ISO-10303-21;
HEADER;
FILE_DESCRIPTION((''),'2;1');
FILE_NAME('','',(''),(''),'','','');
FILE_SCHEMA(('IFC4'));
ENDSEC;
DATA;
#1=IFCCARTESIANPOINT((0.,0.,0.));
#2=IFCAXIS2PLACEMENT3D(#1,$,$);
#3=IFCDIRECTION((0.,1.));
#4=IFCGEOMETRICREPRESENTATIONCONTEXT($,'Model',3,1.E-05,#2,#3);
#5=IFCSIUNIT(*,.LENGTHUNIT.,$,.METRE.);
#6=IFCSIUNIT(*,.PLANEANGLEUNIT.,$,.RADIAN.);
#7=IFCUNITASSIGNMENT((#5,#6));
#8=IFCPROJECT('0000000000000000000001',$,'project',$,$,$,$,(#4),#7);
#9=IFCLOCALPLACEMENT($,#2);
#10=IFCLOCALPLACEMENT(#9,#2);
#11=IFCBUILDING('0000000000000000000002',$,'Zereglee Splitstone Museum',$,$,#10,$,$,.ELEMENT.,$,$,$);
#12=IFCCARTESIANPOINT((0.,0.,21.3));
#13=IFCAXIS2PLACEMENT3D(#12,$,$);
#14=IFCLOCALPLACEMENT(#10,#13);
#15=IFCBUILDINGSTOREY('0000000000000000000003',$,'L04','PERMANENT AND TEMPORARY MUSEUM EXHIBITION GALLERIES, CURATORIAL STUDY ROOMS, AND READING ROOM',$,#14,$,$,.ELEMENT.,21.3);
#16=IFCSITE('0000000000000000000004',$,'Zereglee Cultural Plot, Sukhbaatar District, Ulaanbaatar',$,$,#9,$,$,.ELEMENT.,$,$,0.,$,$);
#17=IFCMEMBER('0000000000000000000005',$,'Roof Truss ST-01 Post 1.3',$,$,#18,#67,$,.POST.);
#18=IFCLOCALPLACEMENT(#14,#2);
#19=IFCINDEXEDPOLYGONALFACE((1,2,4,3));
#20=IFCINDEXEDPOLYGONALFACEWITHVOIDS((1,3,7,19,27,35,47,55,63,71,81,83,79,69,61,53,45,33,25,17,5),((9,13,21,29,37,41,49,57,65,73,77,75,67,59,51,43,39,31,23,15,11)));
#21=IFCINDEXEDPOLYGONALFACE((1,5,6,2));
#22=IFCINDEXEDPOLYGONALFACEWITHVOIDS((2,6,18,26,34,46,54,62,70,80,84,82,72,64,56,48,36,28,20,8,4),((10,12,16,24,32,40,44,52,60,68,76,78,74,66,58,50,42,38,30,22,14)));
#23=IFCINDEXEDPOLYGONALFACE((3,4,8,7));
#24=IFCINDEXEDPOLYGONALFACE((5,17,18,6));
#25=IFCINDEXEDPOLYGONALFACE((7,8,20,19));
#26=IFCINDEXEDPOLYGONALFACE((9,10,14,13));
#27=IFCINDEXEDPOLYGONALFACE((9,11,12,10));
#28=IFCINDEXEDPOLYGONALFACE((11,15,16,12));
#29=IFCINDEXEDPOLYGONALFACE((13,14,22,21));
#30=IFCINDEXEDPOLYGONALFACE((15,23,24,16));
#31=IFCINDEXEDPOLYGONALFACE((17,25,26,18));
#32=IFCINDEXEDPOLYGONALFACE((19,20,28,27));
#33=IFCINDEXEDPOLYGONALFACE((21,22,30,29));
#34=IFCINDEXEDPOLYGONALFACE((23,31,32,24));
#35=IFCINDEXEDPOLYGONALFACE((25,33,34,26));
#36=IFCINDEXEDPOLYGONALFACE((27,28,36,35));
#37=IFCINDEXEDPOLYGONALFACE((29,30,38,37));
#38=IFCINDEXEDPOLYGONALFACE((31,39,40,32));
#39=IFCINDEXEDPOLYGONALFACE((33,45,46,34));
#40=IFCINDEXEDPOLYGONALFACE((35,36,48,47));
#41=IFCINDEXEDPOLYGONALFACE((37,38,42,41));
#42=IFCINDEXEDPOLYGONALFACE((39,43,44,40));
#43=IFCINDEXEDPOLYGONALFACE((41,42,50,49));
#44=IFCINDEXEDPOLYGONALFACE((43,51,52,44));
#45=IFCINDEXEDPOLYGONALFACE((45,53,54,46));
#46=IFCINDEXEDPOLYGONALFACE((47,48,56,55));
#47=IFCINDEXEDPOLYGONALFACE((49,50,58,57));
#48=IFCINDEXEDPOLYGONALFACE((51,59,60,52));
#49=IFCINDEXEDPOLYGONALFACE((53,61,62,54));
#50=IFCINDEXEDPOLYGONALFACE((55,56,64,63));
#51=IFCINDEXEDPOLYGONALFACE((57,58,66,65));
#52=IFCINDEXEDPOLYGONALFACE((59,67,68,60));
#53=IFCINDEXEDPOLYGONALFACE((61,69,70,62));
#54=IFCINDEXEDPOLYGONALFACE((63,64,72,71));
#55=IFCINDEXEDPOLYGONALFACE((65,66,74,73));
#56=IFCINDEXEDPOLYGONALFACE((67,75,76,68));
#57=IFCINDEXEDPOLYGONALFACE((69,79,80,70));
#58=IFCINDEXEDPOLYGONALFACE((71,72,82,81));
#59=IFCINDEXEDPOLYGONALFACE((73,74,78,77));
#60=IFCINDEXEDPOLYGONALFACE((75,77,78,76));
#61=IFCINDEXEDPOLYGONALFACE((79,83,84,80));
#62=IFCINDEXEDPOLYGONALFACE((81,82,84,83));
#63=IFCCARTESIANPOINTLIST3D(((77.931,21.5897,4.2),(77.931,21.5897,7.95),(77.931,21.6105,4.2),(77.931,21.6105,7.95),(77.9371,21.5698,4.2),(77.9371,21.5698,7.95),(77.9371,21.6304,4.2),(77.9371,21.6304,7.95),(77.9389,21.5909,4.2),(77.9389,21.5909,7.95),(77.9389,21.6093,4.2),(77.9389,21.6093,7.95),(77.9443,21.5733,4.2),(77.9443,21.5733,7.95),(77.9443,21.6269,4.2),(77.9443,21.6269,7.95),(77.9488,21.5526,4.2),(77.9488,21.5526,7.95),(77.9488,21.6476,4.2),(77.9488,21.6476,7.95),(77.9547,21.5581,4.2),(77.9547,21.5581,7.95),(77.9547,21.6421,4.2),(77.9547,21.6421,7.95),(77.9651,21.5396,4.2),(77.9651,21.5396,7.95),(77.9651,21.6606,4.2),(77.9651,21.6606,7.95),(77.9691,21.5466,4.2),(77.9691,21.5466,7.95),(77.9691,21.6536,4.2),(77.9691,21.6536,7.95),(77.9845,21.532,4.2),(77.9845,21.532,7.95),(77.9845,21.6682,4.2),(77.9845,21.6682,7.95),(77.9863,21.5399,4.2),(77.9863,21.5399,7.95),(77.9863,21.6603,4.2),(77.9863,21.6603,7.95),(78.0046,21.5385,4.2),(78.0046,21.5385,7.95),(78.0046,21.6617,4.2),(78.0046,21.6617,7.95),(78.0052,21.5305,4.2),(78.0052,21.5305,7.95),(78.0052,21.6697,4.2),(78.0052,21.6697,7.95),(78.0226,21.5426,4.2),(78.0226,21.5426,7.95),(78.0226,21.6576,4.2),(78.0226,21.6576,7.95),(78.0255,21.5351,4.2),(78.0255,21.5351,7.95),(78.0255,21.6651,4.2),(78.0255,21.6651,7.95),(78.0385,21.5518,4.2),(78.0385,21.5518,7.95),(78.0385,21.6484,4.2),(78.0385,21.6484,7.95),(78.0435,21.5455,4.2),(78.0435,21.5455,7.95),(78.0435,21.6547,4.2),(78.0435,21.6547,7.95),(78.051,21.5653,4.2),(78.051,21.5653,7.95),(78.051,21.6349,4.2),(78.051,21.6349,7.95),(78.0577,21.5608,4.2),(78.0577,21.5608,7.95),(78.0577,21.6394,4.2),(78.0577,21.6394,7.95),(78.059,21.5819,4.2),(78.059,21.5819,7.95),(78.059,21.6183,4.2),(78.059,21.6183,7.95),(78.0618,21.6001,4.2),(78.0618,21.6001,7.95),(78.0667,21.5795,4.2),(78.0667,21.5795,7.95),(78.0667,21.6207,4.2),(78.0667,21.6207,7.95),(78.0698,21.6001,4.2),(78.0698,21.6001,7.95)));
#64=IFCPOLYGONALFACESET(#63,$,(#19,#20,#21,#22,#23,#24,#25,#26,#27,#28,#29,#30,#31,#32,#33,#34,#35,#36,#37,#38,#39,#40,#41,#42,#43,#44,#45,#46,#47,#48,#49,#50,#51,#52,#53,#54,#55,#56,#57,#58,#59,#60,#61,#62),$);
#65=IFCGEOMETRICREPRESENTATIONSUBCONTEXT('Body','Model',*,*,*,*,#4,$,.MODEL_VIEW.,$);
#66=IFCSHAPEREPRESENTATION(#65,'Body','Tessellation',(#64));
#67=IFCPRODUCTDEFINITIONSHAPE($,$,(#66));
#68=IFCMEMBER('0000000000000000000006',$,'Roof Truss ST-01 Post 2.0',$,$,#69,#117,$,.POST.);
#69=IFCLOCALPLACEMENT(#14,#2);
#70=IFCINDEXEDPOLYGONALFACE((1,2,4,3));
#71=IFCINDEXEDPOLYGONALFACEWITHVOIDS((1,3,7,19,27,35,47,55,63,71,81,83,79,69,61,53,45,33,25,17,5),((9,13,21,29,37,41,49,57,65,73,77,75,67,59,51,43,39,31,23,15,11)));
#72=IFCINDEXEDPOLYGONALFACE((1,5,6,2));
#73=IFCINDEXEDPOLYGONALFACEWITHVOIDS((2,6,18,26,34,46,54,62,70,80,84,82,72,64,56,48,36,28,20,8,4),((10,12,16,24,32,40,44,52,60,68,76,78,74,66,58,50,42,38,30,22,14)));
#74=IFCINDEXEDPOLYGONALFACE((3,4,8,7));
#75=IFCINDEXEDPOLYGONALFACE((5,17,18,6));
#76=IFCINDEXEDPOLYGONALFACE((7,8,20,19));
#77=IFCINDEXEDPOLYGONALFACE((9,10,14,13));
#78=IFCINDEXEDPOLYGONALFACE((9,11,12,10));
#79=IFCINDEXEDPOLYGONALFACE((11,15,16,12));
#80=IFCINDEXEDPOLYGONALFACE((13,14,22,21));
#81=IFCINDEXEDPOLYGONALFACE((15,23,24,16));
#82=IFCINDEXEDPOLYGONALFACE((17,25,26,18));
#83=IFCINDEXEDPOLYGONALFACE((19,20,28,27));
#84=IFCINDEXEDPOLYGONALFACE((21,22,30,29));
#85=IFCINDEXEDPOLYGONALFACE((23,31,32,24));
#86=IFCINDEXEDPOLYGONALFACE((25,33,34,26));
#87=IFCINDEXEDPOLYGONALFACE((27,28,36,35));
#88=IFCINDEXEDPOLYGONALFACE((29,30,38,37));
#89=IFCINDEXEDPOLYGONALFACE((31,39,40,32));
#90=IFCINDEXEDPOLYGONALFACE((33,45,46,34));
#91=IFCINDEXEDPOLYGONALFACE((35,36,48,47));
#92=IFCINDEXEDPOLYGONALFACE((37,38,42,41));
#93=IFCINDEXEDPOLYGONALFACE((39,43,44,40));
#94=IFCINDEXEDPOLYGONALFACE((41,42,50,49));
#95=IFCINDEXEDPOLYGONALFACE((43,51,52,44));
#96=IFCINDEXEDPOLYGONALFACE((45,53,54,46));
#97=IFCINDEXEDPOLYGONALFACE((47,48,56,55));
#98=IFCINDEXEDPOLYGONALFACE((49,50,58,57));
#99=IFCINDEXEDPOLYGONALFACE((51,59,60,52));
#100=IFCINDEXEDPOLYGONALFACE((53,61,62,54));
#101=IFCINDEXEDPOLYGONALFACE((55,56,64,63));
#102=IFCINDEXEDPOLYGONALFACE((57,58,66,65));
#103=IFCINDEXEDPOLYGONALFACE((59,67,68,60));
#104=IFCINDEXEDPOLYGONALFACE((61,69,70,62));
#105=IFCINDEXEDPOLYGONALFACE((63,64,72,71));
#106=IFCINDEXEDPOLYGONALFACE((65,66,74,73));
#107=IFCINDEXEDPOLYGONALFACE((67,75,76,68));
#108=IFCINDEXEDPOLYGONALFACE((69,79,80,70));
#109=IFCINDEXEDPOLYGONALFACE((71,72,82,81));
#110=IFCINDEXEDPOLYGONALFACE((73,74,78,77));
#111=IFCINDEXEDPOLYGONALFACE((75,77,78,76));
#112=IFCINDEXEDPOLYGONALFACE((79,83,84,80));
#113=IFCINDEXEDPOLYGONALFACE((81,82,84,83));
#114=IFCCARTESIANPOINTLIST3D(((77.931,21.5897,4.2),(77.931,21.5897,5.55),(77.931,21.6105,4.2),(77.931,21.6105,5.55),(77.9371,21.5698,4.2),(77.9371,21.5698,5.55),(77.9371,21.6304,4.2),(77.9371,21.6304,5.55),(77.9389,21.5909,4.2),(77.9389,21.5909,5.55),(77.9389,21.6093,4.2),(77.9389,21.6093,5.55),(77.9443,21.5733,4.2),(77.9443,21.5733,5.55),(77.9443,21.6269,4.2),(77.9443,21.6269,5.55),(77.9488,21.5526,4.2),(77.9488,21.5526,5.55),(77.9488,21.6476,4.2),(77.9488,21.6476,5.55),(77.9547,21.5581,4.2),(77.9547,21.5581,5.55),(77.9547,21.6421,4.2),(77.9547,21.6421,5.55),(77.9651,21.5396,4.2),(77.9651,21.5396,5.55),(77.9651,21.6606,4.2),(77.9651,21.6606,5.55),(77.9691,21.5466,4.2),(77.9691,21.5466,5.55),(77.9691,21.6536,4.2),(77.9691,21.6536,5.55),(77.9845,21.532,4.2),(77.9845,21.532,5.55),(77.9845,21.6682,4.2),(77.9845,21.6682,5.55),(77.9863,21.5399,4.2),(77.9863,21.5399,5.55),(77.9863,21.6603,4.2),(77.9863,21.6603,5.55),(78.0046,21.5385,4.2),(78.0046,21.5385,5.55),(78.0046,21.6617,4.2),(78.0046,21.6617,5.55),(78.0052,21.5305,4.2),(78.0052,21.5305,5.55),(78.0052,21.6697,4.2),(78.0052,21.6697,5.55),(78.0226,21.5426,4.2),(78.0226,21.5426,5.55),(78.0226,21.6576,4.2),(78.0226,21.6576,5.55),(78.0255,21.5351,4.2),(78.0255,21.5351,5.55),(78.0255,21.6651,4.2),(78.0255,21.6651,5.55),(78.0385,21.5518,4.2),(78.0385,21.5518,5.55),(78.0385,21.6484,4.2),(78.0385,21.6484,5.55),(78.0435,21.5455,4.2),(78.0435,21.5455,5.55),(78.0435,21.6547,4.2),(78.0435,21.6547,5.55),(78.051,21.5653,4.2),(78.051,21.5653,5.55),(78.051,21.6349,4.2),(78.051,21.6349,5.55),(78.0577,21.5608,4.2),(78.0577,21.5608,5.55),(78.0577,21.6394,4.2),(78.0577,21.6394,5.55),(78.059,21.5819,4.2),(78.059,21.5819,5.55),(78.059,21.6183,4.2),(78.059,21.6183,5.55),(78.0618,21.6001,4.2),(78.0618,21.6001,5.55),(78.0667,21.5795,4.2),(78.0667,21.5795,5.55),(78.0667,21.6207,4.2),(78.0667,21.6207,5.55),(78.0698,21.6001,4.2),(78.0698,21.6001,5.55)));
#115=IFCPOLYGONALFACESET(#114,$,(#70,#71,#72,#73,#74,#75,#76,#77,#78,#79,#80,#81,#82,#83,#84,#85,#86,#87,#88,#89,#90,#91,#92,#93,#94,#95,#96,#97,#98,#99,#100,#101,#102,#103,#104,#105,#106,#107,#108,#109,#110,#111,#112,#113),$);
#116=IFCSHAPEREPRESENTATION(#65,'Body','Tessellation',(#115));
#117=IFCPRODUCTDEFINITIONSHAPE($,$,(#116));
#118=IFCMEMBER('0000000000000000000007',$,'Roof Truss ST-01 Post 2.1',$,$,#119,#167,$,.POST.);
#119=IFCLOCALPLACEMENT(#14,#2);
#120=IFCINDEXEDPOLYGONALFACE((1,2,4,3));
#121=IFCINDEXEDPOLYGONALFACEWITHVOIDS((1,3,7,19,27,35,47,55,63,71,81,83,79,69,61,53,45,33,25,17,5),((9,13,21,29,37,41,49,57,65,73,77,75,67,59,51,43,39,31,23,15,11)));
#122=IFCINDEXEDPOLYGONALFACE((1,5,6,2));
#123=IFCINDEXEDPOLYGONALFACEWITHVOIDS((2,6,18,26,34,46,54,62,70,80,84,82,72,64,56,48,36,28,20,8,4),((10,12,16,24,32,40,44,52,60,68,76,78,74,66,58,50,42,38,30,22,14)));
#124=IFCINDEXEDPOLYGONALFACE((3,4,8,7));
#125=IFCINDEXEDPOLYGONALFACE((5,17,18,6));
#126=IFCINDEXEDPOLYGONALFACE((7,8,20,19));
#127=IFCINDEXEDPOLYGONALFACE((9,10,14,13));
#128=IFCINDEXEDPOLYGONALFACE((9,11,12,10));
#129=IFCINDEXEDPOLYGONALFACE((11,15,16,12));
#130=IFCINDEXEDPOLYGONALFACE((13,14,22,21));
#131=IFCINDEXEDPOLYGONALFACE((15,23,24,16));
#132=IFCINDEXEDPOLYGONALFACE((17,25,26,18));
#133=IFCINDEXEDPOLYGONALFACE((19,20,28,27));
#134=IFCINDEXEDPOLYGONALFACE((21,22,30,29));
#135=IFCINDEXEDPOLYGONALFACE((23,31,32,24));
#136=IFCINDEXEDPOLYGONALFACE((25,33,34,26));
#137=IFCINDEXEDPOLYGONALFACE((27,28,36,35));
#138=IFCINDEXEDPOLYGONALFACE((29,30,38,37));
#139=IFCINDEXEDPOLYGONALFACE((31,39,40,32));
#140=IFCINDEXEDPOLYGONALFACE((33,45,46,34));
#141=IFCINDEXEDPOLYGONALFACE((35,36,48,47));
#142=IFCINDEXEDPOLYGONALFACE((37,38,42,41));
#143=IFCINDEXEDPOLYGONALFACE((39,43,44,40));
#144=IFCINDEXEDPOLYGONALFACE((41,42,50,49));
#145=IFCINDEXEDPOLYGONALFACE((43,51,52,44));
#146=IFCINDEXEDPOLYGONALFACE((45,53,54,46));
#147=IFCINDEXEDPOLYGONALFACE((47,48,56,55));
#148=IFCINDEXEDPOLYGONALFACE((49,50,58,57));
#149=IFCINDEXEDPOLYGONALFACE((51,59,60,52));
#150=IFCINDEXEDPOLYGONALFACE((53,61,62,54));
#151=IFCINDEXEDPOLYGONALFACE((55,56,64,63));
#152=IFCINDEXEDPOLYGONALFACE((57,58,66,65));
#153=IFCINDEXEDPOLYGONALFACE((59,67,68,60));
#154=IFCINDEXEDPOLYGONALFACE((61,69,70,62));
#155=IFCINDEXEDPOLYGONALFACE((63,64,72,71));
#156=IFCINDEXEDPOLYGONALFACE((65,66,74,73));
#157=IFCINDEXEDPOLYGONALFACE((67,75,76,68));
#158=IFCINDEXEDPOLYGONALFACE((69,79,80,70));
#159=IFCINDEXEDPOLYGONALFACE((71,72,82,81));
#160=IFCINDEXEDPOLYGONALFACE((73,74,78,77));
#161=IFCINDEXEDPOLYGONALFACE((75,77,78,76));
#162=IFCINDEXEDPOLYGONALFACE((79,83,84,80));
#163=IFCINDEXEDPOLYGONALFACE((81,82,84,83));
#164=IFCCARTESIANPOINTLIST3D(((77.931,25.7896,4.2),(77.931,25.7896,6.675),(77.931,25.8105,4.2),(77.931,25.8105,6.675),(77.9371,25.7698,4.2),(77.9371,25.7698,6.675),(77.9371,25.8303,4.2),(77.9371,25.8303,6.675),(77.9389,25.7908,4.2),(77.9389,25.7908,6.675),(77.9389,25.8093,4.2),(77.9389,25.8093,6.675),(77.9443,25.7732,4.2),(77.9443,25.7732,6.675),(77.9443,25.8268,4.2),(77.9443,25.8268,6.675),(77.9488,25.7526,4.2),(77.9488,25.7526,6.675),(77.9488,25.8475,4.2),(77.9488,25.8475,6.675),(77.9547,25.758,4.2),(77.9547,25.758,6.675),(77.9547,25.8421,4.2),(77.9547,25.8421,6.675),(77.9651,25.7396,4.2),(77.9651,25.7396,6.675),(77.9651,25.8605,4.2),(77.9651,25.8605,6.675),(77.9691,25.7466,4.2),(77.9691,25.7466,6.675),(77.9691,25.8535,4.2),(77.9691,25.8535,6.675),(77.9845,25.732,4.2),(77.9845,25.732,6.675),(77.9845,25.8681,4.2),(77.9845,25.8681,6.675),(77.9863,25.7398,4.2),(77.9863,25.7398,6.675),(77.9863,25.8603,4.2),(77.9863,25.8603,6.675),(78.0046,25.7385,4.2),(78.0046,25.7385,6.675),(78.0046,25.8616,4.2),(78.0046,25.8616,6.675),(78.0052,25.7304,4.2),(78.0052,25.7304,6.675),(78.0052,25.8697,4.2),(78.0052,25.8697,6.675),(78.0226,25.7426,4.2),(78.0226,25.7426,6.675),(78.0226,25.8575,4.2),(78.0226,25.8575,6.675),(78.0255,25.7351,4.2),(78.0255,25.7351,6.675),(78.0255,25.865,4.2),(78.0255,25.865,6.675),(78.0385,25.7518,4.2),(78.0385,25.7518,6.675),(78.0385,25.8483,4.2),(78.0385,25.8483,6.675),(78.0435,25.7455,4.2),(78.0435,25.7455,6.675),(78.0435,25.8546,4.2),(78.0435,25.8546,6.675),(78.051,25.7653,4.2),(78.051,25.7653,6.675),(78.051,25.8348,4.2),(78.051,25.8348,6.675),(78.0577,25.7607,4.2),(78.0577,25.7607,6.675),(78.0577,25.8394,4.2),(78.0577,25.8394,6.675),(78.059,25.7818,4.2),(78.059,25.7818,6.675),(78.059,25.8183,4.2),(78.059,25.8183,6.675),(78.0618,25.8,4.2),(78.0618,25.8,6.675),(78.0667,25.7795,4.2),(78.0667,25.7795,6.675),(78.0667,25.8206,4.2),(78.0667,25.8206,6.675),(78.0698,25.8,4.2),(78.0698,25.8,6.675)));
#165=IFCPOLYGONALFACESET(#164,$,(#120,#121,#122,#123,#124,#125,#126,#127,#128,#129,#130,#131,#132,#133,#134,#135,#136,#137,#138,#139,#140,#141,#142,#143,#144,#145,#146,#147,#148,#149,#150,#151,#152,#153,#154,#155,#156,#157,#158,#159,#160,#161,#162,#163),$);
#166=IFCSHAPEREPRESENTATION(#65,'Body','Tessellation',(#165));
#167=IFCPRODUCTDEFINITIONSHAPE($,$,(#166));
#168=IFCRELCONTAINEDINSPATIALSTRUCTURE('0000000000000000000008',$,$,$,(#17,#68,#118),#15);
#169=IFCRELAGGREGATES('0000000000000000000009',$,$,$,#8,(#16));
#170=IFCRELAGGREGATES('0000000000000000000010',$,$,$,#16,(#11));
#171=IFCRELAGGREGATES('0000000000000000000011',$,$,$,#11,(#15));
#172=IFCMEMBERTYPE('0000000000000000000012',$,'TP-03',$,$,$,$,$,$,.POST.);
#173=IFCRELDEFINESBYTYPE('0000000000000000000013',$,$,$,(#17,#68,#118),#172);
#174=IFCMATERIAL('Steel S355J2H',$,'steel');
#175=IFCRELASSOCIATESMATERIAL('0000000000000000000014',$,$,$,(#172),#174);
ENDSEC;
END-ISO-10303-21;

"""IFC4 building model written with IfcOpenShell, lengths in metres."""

from ifc_helpers import new_model, si_unit, direction, frame, origin, origin_2d, place, context, subcontext, project, spatial, hollow_circle, extrude, material, material_profile, profile_set, type_object, element, save


model = new_model("IFC4")

# Units and contexts
model_context = context("Model", 3, precision=1e-05, world=origin(), true_north=direction((0.0, 1.0)))
body_context = subcontext(model_context, "Body", "Model", "MODEL_VIEW")
ifc_project = project(units=[si_unit("LENGTHUNIT", "METRE"), si_unit("PLANEANGLEUNIT", "RADIAN")], contexts=[model_context])

# Site, building, storey
site_placement = place(None, origin())
site = spatial("IfcSite", under=ifc_project, at=site_placement, Name="Zereglee Cultural Plot, Sukhbaatar District, Ulaanbaatar", CompositionType="ELEMENT", RefElevation=0.0)
building_placement = place(site_placement, origin())
building = spatial("IfcBuilding", under=site, at=building_placement, Name="Zereglee Splitstone Museum", CompositionType="ELEMENT")
storey_placement = place(building_placement, frame((0.0, 0.0, 21.3)))
storey = spatial("IfcBuildingStorey", under=building, at=storey_placement, Name="L04", Description="PERMANENT AND TEMPORARY MUSEUM EXHIBITION GALLERIES, CURATORIAL STUDY ROOMS, AND READING ROOM", CompositionType="ELEMENT", Elevation=21.3)

# Shared definitions
ifc_material_1 = material(Name="Steel S355J2H", Category="steel")

# Members
ifc_material_profile_1 = material_profile(ifc_material_1, hollow_circle(Radius=0.0698, WallThickness=0.0081, at=origin_2d()), Name="CHS 139.7x8")
ifc_profile_set_1 = profile_set([ifc_material_profile_1], Name="Steel S355J2H")
member_type_1 = type_object("IfcMemberType", Name="TP-03", PredefinedType="POST", material=ifc_profile_set_1)
member_1_placement = place(storey_placement, frame((78.0, 21.6001, 4.2), z_axis=(0.0, 0.0, 1.0), x_axis=(1.0, 0.0, 0.0)))
element("IfcMember", 1, at=member_1_placement, inside=storey, type_object=member_type_1, Name="Roof Truss ST-01 Post 1.3", PredefinedType="POST", context=body_context, shape_type="SweptSolid", body=[
    extrude(hollow_circle(Radius=0.0698, WallThickness=0.0081, at=origin_2d()), origin(), (0.0, 0.0, 1.0), 3.75),
])
member_2_placement = place(storey_placement, frame((78.0, 21.6001, 4.2), z_axis=(0.0, 0.0, 1.0), x_axis=(1.0, 0.0, 0.0)))
element("IfcMember", 2, at=member_2_placement, inside=storey, type_object=member_type_1, Name="Roof Truss ST-01 Post 2.0", PredefinedType="POST", context=body_context, shape_type="SweptSolid", body=[
    extrude(hollow_circle(Radius=0.0698, WallThickness=0.0081, at=origin_2d()), origin(), (0.0, 0.0, 1.0), 1.3501),
])
member_3_placement = place(storey_placement, frame((78.0, 25.8, 4.2), z_axis=(0.0, 0.0, 1.0), x_axis=(1.0, 0.0, 0.0)))
element("IfcMember", 3, at=member_3_placement, inside=storey, type_object=member_type_1, Name="Roof Truss ST-01 Post 2.1", PredefinedType="POST", context=body_context, shape_type="SweptSolid", body=[
    extrude(hollow_circle(Radius=0.0698, WallThickness=0.0081, at=origin_2d()), origin(), (0.0, 0.0, 1.0), 2.4751),
])

save(model, "model.ifc")
